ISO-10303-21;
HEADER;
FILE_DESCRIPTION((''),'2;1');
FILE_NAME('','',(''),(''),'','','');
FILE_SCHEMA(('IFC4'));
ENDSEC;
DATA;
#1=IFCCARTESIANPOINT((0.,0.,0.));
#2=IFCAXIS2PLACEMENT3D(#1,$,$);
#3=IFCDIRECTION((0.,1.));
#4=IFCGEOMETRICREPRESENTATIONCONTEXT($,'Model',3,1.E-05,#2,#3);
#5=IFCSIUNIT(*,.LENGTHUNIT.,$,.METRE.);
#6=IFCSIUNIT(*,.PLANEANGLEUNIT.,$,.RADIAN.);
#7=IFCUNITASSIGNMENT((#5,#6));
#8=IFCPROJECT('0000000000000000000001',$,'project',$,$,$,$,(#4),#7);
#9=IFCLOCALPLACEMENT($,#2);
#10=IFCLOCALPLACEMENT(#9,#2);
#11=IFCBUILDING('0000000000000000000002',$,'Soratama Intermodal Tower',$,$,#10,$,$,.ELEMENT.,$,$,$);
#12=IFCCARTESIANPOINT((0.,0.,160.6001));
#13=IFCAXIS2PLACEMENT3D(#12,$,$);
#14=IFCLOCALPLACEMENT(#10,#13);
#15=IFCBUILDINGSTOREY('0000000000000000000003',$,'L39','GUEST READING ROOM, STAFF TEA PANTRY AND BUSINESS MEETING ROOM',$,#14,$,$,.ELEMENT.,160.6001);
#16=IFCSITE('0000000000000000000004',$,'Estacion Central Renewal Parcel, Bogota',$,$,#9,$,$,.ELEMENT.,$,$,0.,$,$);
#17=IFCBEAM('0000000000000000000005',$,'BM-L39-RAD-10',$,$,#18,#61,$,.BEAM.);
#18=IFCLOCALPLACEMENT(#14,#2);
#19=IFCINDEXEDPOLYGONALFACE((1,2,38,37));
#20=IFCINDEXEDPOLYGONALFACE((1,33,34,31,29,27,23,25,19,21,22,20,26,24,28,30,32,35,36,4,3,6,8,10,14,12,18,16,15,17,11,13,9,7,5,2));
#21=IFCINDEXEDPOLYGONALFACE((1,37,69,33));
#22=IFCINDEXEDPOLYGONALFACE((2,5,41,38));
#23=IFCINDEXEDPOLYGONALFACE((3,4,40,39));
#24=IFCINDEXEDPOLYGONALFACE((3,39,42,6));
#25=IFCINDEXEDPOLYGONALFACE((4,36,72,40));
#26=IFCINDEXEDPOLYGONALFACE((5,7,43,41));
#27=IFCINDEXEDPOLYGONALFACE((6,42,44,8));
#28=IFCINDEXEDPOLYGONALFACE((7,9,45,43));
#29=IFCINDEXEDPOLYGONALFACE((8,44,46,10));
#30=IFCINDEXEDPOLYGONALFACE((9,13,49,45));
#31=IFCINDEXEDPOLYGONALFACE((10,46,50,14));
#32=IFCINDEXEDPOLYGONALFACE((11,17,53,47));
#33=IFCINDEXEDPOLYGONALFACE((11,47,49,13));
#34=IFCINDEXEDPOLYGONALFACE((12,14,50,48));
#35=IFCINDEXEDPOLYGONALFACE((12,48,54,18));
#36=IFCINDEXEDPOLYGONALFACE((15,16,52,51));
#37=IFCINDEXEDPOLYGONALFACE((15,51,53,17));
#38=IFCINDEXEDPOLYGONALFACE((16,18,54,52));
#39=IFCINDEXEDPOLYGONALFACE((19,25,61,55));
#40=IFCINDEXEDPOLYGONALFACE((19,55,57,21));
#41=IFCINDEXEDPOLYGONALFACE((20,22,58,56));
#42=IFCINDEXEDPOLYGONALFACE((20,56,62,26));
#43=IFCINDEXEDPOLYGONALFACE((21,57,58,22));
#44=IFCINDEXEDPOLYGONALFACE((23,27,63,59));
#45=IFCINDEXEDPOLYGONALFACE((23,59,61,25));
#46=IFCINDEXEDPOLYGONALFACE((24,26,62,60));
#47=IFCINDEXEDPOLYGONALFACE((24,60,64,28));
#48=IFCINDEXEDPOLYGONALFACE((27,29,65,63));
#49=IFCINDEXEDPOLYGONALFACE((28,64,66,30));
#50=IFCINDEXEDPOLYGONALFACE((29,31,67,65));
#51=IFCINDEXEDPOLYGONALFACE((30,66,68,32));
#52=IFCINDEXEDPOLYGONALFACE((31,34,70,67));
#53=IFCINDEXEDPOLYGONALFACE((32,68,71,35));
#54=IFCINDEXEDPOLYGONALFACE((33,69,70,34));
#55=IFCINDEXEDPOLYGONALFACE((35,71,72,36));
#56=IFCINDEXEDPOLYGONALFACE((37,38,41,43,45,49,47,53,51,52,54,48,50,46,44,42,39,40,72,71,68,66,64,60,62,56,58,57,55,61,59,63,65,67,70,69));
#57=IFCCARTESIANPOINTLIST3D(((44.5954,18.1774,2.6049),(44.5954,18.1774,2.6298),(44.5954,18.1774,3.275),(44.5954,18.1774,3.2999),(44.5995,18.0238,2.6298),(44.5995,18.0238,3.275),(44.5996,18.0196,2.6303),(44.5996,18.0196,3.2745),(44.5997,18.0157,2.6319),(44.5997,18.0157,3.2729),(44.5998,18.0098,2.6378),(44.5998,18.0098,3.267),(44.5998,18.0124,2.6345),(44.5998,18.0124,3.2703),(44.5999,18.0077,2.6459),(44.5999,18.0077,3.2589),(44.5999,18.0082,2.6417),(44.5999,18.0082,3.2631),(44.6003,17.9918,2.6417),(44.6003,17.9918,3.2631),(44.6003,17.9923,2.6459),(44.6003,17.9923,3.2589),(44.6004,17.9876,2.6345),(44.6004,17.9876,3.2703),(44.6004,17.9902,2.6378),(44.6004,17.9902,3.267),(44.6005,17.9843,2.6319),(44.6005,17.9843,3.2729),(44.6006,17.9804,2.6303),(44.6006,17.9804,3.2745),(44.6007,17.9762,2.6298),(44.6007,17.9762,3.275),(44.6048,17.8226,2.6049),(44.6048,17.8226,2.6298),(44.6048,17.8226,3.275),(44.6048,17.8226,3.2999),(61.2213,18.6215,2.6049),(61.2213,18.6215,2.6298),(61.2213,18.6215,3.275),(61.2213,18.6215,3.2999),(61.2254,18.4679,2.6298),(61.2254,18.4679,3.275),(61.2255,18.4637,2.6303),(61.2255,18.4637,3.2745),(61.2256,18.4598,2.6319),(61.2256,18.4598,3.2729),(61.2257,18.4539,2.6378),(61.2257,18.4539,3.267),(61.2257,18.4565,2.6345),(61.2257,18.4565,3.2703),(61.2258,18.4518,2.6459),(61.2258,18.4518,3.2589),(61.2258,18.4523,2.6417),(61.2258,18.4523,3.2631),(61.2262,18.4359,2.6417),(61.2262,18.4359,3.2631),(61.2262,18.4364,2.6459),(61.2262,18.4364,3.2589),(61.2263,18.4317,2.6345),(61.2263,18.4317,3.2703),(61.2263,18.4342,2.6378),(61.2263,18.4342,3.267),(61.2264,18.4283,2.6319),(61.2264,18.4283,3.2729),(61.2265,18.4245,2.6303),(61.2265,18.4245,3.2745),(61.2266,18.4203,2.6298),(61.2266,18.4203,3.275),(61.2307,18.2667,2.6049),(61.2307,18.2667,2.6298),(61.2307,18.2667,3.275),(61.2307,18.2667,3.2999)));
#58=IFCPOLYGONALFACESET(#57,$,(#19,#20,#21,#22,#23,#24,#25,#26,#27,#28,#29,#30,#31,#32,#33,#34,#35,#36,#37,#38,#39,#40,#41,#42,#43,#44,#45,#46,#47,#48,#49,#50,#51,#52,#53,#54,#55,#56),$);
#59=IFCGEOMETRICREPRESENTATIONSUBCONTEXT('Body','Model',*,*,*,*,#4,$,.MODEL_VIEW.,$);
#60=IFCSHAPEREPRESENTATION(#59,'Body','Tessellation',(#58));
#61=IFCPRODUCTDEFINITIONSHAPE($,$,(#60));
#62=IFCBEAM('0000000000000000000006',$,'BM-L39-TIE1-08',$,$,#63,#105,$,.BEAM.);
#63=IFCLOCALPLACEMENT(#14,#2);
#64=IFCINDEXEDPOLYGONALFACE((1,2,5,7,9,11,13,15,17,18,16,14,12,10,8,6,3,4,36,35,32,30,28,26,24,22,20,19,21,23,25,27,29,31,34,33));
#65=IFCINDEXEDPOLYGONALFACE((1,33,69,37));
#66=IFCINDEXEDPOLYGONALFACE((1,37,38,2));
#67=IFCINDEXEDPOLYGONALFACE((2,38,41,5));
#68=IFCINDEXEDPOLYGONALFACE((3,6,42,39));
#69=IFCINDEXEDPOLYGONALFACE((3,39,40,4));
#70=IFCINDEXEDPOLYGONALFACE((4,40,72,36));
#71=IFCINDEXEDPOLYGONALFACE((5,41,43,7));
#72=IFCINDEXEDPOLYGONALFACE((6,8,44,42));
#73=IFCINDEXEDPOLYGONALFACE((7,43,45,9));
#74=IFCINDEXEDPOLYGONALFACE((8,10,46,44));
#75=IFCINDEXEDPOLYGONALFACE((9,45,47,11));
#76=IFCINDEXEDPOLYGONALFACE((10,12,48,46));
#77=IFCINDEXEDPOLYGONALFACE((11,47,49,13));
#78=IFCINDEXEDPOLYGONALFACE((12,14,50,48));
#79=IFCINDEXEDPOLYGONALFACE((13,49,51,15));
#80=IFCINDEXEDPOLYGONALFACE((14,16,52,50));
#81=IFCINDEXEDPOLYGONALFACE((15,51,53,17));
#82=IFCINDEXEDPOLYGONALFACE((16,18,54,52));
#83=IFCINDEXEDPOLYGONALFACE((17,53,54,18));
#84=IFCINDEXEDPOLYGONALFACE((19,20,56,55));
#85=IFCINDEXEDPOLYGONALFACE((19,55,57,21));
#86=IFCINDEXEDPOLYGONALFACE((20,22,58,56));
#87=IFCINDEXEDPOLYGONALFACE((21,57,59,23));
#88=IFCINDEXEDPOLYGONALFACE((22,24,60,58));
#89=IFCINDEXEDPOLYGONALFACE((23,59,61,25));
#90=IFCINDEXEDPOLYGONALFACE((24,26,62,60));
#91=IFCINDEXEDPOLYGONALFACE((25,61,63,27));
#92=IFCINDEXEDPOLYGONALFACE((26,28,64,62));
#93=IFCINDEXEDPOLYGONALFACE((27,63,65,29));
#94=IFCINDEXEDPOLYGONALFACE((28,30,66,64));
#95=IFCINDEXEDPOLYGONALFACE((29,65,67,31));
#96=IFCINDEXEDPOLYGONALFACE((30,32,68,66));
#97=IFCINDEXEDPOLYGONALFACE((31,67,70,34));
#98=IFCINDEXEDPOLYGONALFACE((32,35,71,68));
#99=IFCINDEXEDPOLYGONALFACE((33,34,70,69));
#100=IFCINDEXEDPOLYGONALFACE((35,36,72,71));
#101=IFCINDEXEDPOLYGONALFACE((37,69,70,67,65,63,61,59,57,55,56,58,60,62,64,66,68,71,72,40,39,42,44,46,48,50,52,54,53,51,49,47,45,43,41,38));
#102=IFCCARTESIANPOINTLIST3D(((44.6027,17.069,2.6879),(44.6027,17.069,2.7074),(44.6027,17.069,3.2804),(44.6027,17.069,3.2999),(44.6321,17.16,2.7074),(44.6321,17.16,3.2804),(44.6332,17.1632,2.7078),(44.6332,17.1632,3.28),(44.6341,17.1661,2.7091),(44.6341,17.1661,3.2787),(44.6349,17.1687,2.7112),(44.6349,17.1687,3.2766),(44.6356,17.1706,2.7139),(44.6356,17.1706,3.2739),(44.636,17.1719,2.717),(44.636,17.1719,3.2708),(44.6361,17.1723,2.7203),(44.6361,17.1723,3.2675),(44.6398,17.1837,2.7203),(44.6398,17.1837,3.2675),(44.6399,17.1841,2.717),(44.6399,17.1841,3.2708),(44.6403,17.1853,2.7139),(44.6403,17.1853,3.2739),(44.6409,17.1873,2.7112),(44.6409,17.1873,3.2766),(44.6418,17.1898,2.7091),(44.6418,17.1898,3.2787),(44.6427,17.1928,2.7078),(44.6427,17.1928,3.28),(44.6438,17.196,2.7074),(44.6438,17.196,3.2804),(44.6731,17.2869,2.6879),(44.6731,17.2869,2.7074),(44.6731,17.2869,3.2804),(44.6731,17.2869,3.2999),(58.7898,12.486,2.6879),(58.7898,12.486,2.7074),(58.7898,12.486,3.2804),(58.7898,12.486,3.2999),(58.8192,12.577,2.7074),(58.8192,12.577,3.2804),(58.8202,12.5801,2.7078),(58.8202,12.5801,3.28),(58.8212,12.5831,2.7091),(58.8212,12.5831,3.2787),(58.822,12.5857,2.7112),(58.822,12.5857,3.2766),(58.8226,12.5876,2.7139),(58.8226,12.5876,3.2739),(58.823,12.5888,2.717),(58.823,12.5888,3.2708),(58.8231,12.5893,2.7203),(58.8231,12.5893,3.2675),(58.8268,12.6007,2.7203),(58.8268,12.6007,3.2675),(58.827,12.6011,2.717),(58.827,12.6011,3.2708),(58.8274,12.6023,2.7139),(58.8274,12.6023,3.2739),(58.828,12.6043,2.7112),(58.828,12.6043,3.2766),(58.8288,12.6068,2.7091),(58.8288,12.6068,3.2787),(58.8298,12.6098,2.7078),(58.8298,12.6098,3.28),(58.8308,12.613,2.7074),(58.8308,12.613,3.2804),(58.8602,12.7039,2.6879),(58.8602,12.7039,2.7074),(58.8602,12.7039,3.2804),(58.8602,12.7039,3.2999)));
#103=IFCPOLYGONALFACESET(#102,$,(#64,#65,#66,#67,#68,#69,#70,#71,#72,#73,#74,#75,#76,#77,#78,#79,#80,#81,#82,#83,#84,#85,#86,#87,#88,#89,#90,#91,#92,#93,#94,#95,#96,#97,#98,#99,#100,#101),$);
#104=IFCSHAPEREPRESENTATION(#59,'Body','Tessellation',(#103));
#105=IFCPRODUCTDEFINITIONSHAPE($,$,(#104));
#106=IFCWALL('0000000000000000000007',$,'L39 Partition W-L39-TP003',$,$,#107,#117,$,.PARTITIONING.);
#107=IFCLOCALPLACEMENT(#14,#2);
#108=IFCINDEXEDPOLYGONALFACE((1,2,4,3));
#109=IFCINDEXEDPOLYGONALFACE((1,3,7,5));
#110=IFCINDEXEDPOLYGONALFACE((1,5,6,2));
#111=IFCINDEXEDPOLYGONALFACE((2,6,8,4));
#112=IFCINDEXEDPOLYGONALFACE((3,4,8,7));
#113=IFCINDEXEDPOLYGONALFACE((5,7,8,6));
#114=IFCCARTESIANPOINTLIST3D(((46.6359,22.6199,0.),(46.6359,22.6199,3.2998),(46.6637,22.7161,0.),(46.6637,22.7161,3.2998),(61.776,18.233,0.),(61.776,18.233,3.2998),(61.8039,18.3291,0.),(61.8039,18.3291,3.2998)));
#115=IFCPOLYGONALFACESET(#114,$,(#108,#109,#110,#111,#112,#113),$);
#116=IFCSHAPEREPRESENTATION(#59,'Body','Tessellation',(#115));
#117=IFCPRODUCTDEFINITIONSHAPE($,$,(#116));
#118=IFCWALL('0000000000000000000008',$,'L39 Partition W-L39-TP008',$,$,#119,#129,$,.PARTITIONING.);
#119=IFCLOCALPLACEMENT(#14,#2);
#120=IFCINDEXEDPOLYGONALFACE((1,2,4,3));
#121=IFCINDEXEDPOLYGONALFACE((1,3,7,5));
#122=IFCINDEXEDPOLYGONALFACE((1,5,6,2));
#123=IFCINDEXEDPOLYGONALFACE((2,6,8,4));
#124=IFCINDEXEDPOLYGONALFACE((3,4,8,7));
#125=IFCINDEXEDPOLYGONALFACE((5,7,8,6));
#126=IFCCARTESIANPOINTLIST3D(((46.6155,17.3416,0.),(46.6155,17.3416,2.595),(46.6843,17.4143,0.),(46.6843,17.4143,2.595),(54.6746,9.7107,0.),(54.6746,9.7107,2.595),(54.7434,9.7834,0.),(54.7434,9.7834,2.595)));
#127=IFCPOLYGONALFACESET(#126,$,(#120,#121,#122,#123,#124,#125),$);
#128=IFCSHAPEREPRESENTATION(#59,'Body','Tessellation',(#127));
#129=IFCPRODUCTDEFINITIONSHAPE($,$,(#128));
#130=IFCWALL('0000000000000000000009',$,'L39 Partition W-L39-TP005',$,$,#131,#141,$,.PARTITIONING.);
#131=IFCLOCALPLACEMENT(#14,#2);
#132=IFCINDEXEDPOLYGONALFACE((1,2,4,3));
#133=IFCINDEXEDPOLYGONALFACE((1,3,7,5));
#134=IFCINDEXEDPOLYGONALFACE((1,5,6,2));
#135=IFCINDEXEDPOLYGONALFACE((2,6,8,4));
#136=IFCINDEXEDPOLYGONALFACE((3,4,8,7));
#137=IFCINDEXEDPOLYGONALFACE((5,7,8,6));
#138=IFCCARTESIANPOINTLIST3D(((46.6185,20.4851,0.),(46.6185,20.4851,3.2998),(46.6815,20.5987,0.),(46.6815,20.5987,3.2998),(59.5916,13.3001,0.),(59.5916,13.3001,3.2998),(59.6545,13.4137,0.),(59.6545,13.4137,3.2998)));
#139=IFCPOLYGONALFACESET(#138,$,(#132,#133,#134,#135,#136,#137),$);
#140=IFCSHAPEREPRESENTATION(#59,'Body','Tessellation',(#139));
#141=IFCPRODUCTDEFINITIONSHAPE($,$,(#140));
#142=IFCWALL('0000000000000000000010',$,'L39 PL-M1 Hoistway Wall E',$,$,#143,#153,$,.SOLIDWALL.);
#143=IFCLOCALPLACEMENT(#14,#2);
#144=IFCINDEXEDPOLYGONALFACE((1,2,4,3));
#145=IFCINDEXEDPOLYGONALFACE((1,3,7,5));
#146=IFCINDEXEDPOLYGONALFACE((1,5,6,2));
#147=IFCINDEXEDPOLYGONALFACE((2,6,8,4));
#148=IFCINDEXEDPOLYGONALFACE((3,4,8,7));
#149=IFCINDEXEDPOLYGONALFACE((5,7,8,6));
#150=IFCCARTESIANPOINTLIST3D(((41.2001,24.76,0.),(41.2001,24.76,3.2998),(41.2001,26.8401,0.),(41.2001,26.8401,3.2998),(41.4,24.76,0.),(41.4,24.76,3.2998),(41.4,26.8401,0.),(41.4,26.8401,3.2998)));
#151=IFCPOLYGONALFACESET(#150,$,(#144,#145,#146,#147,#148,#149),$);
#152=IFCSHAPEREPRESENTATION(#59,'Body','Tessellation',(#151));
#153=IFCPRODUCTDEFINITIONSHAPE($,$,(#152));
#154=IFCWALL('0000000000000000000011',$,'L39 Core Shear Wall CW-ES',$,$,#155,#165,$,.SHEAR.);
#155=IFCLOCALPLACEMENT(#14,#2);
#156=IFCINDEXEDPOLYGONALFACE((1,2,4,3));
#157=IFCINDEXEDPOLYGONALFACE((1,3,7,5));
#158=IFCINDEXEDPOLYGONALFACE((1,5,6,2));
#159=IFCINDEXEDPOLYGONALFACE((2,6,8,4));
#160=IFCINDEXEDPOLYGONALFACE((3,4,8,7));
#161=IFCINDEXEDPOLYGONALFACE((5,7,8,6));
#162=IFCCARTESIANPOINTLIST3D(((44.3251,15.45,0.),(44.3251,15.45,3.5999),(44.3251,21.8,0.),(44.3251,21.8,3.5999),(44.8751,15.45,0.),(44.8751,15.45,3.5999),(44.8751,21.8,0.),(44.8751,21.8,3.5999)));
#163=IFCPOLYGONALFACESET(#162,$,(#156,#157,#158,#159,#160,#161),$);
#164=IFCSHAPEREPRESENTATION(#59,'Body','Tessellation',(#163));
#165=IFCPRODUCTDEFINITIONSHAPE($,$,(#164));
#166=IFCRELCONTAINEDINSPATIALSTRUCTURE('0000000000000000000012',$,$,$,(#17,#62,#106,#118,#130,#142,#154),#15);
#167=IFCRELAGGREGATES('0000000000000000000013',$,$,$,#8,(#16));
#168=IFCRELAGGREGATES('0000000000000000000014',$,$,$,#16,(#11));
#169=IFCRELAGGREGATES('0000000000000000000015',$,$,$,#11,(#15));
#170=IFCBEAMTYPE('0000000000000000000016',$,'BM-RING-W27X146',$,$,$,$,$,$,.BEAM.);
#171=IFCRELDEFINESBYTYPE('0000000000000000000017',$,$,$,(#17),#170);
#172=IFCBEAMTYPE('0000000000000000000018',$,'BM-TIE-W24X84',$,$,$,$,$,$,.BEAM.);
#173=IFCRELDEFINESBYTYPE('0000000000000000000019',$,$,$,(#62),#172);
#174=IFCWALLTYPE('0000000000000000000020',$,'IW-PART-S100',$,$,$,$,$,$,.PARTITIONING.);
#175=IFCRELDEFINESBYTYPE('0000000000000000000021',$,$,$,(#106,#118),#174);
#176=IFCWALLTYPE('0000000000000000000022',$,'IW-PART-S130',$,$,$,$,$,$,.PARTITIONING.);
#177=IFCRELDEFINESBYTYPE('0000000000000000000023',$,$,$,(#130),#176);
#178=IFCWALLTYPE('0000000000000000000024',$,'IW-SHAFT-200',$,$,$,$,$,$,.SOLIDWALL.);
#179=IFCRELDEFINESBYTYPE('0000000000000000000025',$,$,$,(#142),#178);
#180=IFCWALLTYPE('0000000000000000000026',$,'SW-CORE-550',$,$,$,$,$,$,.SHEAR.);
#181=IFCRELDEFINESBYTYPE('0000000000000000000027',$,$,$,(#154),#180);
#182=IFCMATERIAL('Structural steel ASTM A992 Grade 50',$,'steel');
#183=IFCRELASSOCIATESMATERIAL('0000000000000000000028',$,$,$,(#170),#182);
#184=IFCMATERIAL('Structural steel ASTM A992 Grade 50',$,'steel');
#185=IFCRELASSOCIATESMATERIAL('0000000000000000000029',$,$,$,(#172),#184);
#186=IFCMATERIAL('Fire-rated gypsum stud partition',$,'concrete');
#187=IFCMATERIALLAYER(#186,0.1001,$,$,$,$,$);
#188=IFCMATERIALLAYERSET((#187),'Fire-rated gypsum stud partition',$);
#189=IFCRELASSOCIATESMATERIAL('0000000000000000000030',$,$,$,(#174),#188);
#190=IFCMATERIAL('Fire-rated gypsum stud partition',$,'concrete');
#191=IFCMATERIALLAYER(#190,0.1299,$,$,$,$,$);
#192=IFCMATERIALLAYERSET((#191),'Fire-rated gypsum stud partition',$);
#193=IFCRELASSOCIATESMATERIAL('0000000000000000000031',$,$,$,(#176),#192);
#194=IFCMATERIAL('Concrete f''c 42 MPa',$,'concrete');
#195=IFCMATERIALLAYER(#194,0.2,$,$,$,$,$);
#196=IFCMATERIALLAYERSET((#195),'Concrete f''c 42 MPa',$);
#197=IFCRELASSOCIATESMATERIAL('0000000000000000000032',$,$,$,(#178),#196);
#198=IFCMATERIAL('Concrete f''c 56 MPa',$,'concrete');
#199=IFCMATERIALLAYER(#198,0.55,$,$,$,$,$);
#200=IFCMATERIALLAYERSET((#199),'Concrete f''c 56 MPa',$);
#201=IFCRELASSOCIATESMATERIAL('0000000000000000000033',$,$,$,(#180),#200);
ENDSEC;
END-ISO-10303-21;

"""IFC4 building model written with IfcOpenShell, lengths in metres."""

from ifc_helpers import new_model, si_unit, direction, frame, frame_2d, origin, origin_2d, place, context, subcontext, project, spatial, rectangle, i_section, extrude, material, layer, layer_set, material_profile, profile_set, type_object, element, save


model = new_model("IFC4")

# Units and contexts
model_context = context("Model", 3, precision=1e-05, world=origin(), true_north=direction((0.0, 1.0)))
body_context = subcontext(model_context, "Body", "Model", "MODEL_VIEW")
ifc_project = project(units=[si_unit("LENGTHUNIT", "METRE"), si_unit("PLANEANGLEUNIT", "RADIAN")], contexts=[model_context])

# Site, building, storey
site_placement = place(None, origin())
site = spatial("IfcSite", under=ifc_project, at=site_placement, Name="Estacion Central Renewal Parcel, Bogota", CompositionType="ELEMENT", RefElevation=0.0)
building_placement = place(site_placement, origin())
building = spatial("IfcBuilding", under=site, at=building_placement, Name="Soratama Intermodal Tower", CompositionType="ELEMENT")
storey_placement = place(building_placement, frame((0.0, 0.0, 160.6001)))
storey = spatial("IfcBuildingStorey", under=building, at=storey_placement, Name="L39", Description="GUEST READING ROOM, STAFF TEA PANTRY AND BUSINESS MEETING ROOM", CompositionType="ELEMENT", Elevation=160.6001)

# Beams
ifc_material_1 = material(Name="Structural steel ASTM A992 Grade 50", Category="steel")
ifc_material_profile_1 = material_profile(ifc_material_1, i_section(OverallWidth=0.355, OverallDepth=0.6951, WebThickness=0.0154, FlangeThickness=0.0249, FilletRadius=0.0161, at=origin_2d()), Name="W27X146")
ifc_profile_set_1 = profile_set([ifc_material_profile_1], Name="Structural steel ASTM A992 Grade 50")
beam_type_1 = type_object("IfcBeamType", Name="BM-RING-W27X146", PredefinedType="BEAM", material=ifc_profile_set_1)
beam_1_placement = place(storey_placement, frame((44.6001, 18.0, 2.9524), z_axis=(0.999643, 0.026701, 0.0), x_axis=(-0.026701, 0.999643, 0.0)))
element("IfcBeam", 1, at=beam_1_placement, inside=storey, type_object=beam_type_1, Name="BM-L39-RAD-10", PredefinedType="BEAM", context=body_context, shape_type="SweptSolid", body=[
    extrude(i_section(OverallWidth=0.355, OverallDepth=0.6951, WebThickness=0.0154, FlangeThickness=0.0249, FilletRadius=0.0161, at=origin_2d()), origin(), (0.0, 0.0, 1.0), 16.6318),
])
ifc_material_2 = material(Name="Structural steel ASTM A992 Grade 50", Category="steel")
ifc_material_profile_2 = material_profile(ifc_material_2, i_section(OverallWidth=0.229, OverallDepth=0.6121, WebThickness=0.012, FlangeThickness=0.0195, FilletRadius=0.0129, at=origin_2d()), Name="W24X84")
ifc_profile_set_2 = profile_set([ifc_material_profile_2], Name="Structural steel ASTM A992 Grade 50")
beam_type_2 = type_object("IfcBeamType", Name="BM-TIE-W24X84", PredefinedType="BEAM", material=ifc_profile_set_2)
beam_2_placement = place(storey_placement, frame((44.6379, 17.178, 2.9939), z_axis=(0.95158, -0.307401, 0.0), x_axis=(0.307401, 0.95158, 0.0)))
element("IfcBeam", 2, at=beam_2_placement, inside=storey, type_object=beam_type_2, Name="BM-L39-TIE1-08", PredefinedType="BEAM", context=body_context, shape_type="SweptSolid", body=[
    extrude(i_section(OverallWidth=0.229, OverallDepth=0.6121, WebThickness=0.012, FlangeThickness=0.0195, FilletRadius=0.0129, at=origin_2d()), origin(), (0.0, 0.0, 1.0), 14.9089),
])

# Walls
ifc_material_3 = material(Name="Fire-rated gypsum stud partition", Category="concrete")
ifc_layer_1 = layer(ifc_material_3, 0.1001)
ifc_layer_set_1 = layer_set([ifc_layer_1], Name="Fire-rated gypsum stud partition")
wall_type_1 = type_object("IfcWallType", Name="IW-PART-S100", PredefinedType="PARTITIONING", material=ifc_layer_set_1)
wall_1_placement = place(storey_placement, frame((46.6499, 22.668, 0.0), z_axis=(0.0, 0.0, 1.0), x_axis=(0.960492, -0.278309, 0.0)))
element("IfcWall", 3, at=wall_1_placement, inside=storey, type_object=wall_type_1, Name="L39 Partition W-L39-TP003", PredefinedType="PARTITIONING", context=body_context, shape_type="SweptSolid", body=[
    extrude(rectangle(XDim=15.7629, YDim=0.1001, at=frame_2d((7.8813, 0.0))), origin(), (0.0, 0.0, 1.0), 3.2998),
])
wall_2_placement = place(storey_placement, frame((46.6499, 17.3779, 0.0), z_axis=(0.0, 0.0, 1.0), x_axis=(0.726135, -0.687552, 0.0)))
element("IfcWall", 4, at=wall_2_placement, inside=storey, type_object=wall_type_1, Name="L39 Partition W-L39-TP008", PredefinedType="PARTITIONING", context=body_context, shape_type="SweptSolid", body=[
    extrude(rectangle(XDim=11.0986, YDim=0.1001, at=frame_2d((5.5493, 0.0))), origin(), (0.0, 0.0, 1.0), 2.595),
])
ifc_material_4 = material(Name="Fire-rated gypsum stud partition", Category="concrete")
ifc_layer_2 = layer(ifc_material_4, 0.1299)
ifc_layer_set_2 = layer_set([ifc_layer_2], Name="Fire-rated gypsum stud partition")
wall_type_2 = type_object("IfcWallType", Name="IW-PART-S130", PredefinedType="PARTITIONING", material=ifc_layer_set_2)
wall_3_placement = place(storey_placement, frame((46.6499, 20.542, 0.0), z_axis=(0.0, 0.0, 1.0), x_axis=(0.874793, -0.484496, 0.0)))
element("IfcWall", 5, at=wall_3_placement, inside=storey, type_object=wall_type_2, Name="L39 Partition W-L39-TP005", PredefinedType="PARTITIONING", context=body_context, shape_type="SweptSolid", body=[
    extrude(rectangle(XDim=14.8298, YDim=0.1299, at=frame_2d((7.415, 0.0))), origin(), (0.0, 0.0, 1.0), 3.2998),
])
ifc_material_5 = material(Name="Concrete f'c 42 MPa", Category="concrete")
ifc_layer_3 = layer(ifc_material_5, 0.2)
ifc_layer_set_3 = layer_set([ifc_layer_3], Name="Concrete f'c 42 MPa")
wall_type_3 = type_object("IfcWallType", Name="IW-SHAFT-200", PredefinedType="SOLIDWALL", material=ifc_layer_set_3)
wall_4_placement = place(storey_placement, frame((41.3, 24.76, 0.0), z_axis=(0.0, 0.0, 1.0), x_axis=(0.0, 1.0, 0.0)))
element("IfcWall", 6, at=wall_4_placement, inside=storey, type_object=wall_type_3, Name="L39 PL-M1 Hoistway Wall E", PredefinedType="SOLIDWALL", context=body_context, shape_type="SweptSolid", body=[
    extrude(rectangle(XDim=2.0801, YDim=0.2, at=frame_2d((1.04, 0.0))), origin(), (0.0, 0.0, 1.0), 3.2998),
])
ifc_material_6 = material(Name="Concrete f'c 56 MPa", Category="concrete")
ifc_layer_4 = layer(ifc_material_6, 0.55)
ifc_layer_set_4 = layer_set([ifc_layer_4], Name="Concrete f'c 56 MPa")
wall_type_4 = type_object("IfcWallType", Name="SW-CORE-550", PredefinedType="SHEAR", material=ifc_layer_set_4)
wall_5_placement = place(storey_placement, frame((44.6001, 15.45, 0.0), z_axis=(0.0, 0.0, 1.0), x_axis=(0.0, 1.0, 0.0)))
element("IfcWall", 7, at=wall_5_placement, inside=storey, type_object=wall_type_4, Name="L39 Core Shear Wall CW-ES", PredefinedType="SHEAR", context=body_context, shape_type="SweptSolid", body=[
    extrude(rectangle(XDim=6.3501, YDim=0.55, at=frame_2d((3.175, 0.0))), origin(), (0.0, 0.0, 1.0), 3.5999),
])

save(model, "model.ifc")
